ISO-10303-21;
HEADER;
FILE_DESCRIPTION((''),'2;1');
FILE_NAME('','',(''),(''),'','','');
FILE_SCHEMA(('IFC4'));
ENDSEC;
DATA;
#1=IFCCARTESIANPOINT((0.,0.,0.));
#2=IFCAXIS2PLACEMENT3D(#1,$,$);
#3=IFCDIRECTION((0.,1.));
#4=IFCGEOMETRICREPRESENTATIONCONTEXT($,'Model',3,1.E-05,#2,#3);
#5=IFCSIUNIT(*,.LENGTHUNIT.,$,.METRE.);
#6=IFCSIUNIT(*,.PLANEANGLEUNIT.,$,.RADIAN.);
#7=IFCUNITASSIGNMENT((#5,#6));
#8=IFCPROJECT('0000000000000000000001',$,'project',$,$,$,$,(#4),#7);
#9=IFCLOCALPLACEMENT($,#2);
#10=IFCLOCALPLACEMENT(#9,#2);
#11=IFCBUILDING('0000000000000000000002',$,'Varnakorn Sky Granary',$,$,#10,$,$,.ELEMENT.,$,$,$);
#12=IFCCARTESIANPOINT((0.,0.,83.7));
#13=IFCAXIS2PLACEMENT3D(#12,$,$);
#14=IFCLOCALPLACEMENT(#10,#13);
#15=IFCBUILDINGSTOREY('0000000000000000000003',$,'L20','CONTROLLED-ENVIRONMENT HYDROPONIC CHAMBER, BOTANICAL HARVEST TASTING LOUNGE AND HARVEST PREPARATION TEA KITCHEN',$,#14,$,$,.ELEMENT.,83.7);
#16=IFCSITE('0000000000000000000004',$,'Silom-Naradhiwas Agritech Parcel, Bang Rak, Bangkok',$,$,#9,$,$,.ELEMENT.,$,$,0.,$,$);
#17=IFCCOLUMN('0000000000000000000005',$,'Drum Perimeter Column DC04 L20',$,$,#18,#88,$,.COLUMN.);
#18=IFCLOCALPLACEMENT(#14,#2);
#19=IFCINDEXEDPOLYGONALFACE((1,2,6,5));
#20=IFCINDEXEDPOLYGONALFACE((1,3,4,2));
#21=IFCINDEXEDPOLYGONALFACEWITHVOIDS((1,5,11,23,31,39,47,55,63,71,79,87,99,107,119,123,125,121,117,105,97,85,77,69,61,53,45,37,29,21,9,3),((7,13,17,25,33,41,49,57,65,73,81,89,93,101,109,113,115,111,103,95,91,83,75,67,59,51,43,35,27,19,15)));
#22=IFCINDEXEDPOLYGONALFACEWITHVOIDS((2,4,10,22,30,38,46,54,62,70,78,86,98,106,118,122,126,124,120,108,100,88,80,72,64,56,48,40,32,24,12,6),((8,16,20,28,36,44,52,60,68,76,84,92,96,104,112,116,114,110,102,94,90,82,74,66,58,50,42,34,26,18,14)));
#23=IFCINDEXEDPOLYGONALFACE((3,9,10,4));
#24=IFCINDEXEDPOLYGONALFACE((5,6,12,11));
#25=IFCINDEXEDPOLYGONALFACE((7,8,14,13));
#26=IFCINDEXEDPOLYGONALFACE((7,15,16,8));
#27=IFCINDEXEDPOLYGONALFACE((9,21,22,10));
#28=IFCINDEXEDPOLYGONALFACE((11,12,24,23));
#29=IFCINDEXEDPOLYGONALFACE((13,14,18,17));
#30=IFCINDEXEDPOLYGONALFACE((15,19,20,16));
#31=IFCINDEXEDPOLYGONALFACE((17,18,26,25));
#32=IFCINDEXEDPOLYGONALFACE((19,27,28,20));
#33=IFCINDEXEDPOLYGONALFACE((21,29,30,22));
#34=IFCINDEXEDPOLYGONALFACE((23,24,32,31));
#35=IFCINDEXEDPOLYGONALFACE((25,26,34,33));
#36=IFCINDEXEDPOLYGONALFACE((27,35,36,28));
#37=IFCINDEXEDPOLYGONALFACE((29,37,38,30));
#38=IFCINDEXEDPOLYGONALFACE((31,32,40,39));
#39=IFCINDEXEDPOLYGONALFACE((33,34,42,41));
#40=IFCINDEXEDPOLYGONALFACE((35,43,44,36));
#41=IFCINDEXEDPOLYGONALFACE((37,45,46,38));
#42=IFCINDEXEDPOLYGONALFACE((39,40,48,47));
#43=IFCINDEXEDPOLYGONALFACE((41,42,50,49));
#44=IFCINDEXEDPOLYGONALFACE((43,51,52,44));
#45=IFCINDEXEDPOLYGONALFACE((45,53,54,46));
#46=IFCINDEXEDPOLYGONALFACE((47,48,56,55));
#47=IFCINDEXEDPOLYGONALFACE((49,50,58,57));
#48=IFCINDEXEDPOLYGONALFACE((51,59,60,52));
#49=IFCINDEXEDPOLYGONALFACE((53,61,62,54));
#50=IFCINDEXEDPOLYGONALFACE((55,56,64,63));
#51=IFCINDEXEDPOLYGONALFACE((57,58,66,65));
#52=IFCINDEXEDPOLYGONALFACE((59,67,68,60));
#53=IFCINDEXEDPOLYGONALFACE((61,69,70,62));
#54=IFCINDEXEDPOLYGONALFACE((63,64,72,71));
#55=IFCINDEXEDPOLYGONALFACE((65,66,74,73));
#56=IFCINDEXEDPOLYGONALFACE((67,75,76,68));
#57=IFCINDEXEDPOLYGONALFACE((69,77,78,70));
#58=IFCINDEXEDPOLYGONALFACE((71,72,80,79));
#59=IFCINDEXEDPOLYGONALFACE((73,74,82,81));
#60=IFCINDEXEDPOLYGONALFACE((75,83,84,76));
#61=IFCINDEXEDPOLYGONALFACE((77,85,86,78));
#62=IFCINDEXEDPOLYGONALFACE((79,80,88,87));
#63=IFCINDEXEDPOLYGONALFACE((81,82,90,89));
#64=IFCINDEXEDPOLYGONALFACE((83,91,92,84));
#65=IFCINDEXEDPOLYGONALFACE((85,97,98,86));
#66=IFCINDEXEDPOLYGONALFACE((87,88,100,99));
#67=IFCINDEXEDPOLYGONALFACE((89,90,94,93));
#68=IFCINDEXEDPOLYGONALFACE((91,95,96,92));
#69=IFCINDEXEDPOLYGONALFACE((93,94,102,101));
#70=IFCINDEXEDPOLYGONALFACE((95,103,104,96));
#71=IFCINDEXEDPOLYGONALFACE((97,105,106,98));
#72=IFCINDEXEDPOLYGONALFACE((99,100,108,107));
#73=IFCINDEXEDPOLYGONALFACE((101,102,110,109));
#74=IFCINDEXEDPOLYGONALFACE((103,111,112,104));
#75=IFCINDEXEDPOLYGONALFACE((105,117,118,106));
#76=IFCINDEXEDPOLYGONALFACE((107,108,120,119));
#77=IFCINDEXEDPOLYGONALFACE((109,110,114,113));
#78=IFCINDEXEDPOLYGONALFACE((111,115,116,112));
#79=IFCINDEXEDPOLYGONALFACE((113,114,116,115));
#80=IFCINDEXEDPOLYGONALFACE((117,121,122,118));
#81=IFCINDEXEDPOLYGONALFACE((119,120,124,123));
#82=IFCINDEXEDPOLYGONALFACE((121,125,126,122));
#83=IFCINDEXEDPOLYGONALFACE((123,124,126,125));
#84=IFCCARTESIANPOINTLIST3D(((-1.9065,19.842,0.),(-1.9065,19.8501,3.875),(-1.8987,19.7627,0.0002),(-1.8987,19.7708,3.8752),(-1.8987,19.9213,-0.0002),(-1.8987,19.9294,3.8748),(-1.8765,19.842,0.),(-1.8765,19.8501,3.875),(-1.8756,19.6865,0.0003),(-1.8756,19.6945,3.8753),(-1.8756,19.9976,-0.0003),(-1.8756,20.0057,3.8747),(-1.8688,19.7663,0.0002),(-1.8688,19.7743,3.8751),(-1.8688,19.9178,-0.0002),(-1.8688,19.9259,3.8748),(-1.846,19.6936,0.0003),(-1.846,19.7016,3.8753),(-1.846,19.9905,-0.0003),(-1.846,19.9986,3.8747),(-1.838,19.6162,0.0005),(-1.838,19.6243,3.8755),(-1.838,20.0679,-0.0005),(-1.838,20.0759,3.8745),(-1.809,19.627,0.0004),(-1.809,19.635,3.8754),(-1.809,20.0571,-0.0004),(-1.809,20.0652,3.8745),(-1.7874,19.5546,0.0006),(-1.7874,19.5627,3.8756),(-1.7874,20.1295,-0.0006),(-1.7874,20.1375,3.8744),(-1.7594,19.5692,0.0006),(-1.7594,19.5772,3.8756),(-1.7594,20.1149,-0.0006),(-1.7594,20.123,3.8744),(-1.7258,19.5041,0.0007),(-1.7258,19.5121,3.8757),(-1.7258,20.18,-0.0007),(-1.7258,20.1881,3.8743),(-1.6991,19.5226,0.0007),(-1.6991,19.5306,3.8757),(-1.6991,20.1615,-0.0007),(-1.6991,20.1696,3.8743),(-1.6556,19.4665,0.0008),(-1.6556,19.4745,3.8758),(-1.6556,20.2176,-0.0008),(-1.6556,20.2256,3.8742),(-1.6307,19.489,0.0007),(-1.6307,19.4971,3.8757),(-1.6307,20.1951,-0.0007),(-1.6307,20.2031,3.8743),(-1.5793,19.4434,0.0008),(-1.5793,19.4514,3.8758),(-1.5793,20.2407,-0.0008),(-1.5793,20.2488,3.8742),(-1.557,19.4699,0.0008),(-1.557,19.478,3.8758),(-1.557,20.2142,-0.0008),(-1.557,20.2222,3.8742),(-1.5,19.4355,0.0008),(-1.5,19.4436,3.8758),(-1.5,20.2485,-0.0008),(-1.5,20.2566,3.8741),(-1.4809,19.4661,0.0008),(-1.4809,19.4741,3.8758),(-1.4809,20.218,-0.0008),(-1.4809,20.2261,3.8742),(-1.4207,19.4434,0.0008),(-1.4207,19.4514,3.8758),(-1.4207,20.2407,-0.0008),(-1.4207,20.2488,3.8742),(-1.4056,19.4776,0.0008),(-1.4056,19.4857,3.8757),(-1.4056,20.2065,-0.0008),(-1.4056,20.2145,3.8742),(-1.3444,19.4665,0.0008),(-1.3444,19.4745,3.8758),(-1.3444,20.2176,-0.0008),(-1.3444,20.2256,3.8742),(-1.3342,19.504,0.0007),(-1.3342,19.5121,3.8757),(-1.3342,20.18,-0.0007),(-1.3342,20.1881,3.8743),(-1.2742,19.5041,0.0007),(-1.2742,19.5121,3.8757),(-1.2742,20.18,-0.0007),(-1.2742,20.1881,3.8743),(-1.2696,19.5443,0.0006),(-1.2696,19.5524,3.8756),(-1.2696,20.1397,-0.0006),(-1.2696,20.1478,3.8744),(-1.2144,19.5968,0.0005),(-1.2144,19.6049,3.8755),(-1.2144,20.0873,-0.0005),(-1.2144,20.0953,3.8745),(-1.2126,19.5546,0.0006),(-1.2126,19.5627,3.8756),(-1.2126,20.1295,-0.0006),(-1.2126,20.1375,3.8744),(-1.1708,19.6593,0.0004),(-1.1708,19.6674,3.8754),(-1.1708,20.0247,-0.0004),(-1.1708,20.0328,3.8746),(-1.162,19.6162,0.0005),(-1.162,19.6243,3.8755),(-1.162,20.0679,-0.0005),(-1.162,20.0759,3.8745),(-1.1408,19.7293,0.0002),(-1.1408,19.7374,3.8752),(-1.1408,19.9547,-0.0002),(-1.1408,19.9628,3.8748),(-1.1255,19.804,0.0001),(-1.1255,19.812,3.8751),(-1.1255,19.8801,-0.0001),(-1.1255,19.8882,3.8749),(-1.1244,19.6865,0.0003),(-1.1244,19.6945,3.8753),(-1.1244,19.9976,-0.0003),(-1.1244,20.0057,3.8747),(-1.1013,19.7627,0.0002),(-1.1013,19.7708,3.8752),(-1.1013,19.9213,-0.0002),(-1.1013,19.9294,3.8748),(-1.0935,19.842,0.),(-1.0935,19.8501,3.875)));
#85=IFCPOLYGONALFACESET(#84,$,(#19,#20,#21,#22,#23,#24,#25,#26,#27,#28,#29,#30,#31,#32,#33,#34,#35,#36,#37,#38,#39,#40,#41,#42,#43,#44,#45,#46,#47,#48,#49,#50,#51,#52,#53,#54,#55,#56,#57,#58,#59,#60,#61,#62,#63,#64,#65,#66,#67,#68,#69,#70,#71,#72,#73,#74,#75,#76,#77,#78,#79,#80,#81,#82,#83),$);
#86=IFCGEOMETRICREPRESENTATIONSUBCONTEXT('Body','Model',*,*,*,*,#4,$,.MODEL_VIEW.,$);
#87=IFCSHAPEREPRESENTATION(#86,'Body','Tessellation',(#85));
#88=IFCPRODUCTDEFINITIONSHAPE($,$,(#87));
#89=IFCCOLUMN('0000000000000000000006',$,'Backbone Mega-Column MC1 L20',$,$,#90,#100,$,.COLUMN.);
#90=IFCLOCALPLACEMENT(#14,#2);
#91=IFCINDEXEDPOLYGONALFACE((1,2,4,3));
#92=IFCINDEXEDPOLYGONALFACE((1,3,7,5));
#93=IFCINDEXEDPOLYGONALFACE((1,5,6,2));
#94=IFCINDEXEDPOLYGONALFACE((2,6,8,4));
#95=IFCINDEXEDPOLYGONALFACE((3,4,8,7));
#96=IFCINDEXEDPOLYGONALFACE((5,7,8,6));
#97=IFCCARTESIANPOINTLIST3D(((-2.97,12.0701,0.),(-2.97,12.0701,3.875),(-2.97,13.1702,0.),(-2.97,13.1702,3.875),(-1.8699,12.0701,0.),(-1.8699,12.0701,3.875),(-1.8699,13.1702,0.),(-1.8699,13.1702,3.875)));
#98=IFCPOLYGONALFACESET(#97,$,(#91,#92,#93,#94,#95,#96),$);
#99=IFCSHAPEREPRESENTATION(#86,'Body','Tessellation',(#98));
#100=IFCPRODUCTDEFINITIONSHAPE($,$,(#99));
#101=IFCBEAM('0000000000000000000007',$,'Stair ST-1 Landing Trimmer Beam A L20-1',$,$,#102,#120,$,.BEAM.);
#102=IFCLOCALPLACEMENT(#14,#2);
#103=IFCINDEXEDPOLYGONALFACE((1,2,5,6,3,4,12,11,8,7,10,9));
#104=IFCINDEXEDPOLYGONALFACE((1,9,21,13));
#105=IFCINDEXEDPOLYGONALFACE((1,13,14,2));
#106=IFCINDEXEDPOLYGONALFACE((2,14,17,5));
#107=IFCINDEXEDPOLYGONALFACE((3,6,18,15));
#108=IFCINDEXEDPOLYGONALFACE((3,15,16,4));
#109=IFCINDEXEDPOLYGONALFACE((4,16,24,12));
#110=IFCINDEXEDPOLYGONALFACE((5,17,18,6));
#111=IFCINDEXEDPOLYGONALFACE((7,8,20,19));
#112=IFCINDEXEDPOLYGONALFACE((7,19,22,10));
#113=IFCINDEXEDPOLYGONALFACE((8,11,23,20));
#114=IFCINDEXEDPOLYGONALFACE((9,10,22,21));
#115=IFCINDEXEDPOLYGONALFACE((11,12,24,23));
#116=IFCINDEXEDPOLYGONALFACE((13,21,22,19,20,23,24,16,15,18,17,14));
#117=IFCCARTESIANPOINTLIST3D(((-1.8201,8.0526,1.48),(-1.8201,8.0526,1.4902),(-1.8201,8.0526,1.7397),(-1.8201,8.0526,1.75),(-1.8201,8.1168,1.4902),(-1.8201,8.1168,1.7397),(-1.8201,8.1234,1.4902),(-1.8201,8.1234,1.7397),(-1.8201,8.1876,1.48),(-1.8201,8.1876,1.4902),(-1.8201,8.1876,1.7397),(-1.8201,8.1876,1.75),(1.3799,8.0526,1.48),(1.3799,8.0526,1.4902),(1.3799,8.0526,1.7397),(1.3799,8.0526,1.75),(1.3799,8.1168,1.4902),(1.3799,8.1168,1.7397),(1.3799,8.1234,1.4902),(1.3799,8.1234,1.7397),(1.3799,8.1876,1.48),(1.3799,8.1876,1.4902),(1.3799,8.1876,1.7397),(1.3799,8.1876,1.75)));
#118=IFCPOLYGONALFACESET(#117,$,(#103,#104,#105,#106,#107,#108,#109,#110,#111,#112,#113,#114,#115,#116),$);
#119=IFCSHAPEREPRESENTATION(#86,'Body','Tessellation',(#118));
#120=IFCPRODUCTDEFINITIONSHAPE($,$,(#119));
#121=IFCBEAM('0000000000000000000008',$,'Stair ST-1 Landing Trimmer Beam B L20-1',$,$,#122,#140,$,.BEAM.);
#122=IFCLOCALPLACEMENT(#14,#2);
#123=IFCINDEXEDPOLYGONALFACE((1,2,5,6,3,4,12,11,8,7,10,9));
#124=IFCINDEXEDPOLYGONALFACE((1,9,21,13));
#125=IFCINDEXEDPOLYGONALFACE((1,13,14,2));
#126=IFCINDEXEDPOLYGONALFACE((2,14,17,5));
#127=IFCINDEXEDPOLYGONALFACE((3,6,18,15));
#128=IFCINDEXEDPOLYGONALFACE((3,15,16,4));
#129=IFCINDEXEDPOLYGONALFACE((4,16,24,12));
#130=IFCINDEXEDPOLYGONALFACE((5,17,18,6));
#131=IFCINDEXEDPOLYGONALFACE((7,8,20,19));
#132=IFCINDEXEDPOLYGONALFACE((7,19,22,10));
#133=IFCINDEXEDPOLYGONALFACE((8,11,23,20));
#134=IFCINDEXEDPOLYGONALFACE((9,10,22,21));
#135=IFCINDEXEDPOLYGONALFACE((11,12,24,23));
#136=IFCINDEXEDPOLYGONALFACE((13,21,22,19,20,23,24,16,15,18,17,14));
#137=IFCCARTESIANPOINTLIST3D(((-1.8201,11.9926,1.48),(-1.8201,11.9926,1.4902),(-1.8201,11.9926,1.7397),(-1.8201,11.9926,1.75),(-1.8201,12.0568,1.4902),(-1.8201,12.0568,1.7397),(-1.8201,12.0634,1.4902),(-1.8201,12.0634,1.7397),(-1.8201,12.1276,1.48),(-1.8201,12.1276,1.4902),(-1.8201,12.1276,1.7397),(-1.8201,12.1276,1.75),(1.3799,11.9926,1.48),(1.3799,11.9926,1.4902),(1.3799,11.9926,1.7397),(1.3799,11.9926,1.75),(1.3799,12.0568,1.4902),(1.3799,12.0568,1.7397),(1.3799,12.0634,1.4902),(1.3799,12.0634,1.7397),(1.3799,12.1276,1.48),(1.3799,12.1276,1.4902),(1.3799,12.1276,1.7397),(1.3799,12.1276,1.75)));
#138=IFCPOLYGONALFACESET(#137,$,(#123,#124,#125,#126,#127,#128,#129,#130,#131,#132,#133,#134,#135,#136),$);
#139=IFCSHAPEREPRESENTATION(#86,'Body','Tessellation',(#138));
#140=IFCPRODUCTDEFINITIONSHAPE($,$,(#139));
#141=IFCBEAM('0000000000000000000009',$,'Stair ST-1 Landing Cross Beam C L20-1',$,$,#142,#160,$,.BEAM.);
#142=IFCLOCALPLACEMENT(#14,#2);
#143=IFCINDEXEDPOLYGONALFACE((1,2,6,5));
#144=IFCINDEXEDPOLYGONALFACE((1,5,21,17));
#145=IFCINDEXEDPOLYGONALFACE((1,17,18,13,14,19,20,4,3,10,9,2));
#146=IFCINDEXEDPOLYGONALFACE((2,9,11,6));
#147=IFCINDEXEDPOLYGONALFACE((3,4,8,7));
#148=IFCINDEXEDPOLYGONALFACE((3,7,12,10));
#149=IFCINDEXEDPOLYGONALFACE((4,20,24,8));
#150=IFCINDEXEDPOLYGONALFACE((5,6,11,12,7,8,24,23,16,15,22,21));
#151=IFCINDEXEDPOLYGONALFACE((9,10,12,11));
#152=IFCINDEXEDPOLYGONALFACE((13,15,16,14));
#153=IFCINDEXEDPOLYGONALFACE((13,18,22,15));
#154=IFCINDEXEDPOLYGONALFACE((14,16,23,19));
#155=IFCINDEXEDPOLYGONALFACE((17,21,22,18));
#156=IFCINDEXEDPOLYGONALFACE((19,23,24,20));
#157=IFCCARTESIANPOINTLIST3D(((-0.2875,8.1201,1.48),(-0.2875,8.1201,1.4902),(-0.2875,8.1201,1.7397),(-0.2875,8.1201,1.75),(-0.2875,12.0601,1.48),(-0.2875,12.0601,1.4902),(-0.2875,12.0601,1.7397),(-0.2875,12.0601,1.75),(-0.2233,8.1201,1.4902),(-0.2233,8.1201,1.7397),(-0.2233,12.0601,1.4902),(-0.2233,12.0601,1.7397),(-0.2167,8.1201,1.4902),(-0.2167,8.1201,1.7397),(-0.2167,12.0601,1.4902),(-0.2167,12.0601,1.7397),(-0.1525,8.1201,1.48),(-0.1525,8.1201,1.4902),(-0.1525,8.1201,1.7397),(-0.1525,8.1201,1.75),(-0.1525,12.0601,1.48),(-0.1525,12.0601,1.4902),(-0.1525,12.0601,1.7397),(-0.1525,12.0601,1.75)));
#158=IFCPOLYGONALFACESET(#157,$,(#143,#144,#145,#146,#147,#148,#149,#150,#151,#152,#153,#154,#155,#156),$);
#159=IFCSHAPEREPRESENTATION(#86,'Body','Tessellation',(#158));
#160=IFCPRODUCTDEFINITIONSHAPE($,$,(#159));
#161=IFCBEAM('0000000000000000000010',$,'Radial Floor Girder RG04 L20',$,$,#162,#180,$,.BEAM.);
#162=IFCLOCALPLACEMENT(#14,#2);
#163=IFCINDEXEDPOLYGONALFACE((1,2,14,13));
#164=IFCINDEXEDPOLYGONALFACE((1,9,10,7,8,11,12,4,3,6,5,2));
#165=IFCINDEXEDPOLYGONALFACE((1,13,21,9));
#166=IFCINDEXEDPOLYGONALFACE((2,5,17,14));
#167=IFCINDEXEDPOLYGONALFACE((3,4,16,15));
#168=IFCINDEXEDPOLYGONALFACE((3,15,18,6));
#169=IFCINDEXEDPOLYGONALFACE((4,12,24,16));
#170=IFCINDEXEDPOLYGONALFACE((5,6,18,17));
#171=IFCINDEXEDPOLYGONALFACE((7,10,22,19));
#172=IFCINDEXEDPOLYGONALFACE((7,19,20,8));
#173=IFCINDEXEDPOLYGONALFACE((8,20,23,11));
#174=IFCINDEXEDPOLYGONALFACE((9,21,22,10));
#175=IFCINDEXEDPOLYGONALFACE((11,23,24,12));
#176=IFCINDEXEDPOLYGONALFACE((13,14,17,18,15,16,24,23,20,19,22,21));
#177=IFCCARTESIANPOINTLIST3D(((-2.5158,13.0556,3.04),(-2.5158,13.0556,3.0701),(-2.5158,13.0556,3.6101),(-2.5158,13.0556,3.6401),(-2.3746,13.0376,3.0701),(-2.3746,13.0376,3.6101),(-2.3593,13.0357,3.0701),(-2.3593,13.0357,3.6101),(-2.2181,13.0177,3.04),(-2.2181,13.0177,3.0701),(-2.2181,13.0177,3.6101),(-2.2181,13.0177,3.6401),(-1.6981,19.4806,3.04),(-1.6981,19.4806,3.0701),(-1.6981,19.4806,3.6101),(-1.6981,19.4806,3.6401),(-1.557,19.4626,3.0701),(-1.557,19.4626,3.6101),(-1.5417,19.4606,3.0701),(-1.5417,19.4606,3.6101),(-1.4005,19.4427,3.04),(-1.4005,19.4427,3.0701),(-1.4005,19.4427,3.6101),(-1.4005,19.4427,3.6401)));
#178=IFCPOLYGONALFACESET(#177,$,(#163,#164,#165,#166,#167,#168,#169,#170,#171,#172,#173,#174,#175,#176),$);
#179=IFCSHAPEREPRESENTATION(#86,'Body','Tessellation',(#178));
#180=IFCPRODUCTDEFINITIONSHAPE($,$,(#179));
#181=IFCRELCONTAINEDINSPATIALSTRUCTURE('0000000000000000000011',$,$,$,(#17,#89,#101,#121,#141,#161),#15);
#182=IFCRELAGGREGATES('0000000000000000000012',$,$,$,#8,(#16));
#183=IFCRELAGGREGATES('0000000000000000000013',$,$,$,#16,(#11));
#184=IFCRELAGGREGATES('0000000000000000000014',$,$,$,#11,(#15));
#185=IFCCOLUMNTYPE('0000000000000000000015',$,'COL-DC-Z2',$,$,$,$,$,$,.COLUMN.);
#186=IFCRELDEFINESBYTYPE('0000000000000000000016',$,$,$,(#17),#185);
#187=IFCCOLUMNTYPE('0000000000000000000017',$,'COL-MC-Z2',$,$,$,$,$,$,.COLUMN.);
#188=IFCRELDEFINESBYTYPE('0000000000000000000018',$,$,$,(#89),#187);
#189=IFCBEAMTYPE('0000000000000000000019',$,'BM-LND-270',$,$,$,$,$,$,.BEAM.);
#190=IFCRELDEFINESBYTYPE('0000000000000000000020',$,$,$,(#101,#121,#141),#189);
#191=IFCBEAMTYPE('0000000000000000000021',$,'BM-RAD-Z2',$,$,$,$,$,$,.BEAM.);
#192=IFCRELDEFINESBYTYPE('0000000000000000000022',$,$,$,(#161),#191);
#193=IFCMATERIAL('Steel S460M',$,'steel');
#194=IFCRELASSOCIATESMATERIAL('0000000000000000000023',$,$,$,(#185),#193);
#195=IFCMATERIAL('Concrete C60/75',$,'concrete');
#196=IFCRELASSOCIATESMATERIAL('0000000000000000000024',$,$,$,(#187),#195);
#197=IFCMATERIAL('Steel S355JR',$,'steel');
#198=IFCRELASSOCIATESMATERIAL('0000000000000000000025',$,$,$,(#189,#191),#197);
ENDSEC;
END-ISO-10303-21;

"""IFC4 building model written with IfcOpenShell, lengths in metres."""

from ifc_helpers import new_model, si_unit, direction, frame, origin, origin_2d, place, context, subcontext, project, spatial, rectangle, hollow_circle, i_section, extrude, material, material_profile, profile_set, type_object, element, save


model = new_model("IFC4")

# Units and contexts
model_context = context("Model", 3, precision=1e-05, world=origin(), true_north=direction((0.0, 1.0)))
body_context = subcontext(model_context, "Body", "Model", "MODEL_VIEW")
ifc_project = project(units=[si_unit("LENGTHUNIT", "METRE"), si_unit("PLANEANGLEUNIT", "RADIAN")], contexts=[model_context])

# Site, building, storey
site_placement = place(None, origin())
site = spatial("IfcSite", under=ifc_project, at=site_placement, Name="Silom-Naradhiwas Agritech Parcel, Bang Rak, Bangkok", CompositionType="ELEMENT", RefElevation=0.0)
building_placement = place(site_placement, origin())
building = spatial("IfcBuilding", under=site, at=building_placement, Name="Varnakorn Sky Granary", CompositionType="ELEMENT")
storey_placement = place(building_placement, frame((0.0, 0.0, 83.7)))
storey = spatial("IfcBuildingStorey", under=building, at=storey_placement, Name="L20", Description="CONTROLLED-ENVIRONMENT HYDROPONIC CHAMBER, BOTANICAL HARVEST TASTING LOUNGE AND HARVEST PREPARATION TEA KITCHEN", CompositionType="ELEMENT", Elevation=83.7)

# Columns
ifc_material_1 = material(Name="Steel S460M", Category="steel")
ifc_material_profile_1 = material_profile(ifc_material_1, hollow_circle(Radius=0.4065, WallThickness=0.03, at=origin_2d()), Name="CHS 813x30")
ifc_profile_set_1 = profile_set([ifc_material_profile_1], Name="Steel S460M")
column_type_1 = type_object("IfcColumnType", Name="COL-DC-Z2", PredefinedType="COLUMN", material=ifc_profile_set_1)
column_1_placement = place(storey_placement, frame((-1.5, 19.842, 0.0), z_axis=(0.0, 0.002079, 0.999998), x_axis=(-1.0, 0.0, 0.0)))
element("IfcColumn", 1, at=column_1_placement, inside=storey, type_object=column_type_1, Name="Drum Perimeter Column DC04 L20", PredefinedType="COLUMN", context=body_context, shape_type="SweptSolid", body=[
    extrude(hollow_circle(Radius=0.4065, WallThickness=0.03, at=origin_2d()), origin(), (0.0, 0.0, 1.0), 3.875),
])
ifc_material_2 = material(Name="Concrete C60/75", Category="concrete")
ifc_material_profile_2 = material_profile(ifc_material_2, rectangle(XDim=1.1001, YDim=1.1001, at=origin_2d()), Name="RC 1100x1100")
ifc_profile_set_2 = profile_set([ifc_material_profile_2], Name="Concrete C60/75")
column_type_2 = type_object("IfcColumnType", Name="COL-MC-Z2", PredefinedType="COLUMN", material=ifc_profile_set_2)
column_2_placement = place(storey_placement, frame((-2.4199, 12.6201, 0.0), z_axis=(0.0, 0.0, 1.0), x_axis=(1.0, 0.0, 0.0)))
element("IfcColumn", 2, at=column_2_placement, inside=storey, type_object=column_type_2, Name="Backbone Mega-Column MC1 L20", PredefinedType="COLUMN", context=body_context, shape_type="SweptSolid", body=[
    extrude(rectangle(XDim=1.1001, YDim=1.1001, at=origin_2d()), origin(), (0.0, 0.0, 1.0), 3.875),
])

# Beams
ifc_material_3 = material(Name="Steel S355JR", Category="steel")
ifc_material_profile_3 = material_profile(ifc_material_3, i_section(OverallWidth=0.135, OverallDepth=0.27, WebThickness=0.0066, FlangeThickness=0.0103, at=origin_2d()), Name="IPE 270")
ifc_profile_set_3 = profile_set([ifc_material_profile_3], Name="Steel S355JR")
beam_type_1 = type_object("IfcBeamType", Name="BM-LND-270", PredefinedType="BEAM", material=ifc_profile_set_3)
for number, where, z_axis, x_axis, name in (
    (3, (-1.8201, 8.1201, 1.615), (1.0, 0.0, 0.0), (0.0, 1.0, 0.0), "Stair ST-1 Landing Trimmer Beam A L20-1"),
    (4, (-1.8201, 12.0601, 1.615), (1.0, 0.0, 0.0), (0.0, 1.0, 0.0), "Stair ST-1 Landing Trimmer Beam B L20-1"),
):
    element("IfcBeam", number, at=place(storey_placement, frame(where, z_axis=z_axis, x_axis=x_axis)), inside=storey, type_object=beam_type_1, Name=name, PredefinedType="BEAM", context=body_context, shape_type="SweptSolid", body=[
        extrude(i_section(OverallWidth=0.135, OverallDepth=0.27, WebThickness=0.0066, FlangeThickness=0.0103, at=origin_2d()), origin(), (0.0, 0.0, 1.0), 3.2),
    ])
beam_1_placement = place(storey_placement, frame((-0.22, 8.1201, 1.615), z_axis=(0.0, 1.0, 0.0), x_axis=(-1.0, 0.0, 0.0)))
element("IfcBeam", 5, at=beam_1_placement, inside=storey, type_object=beam_type_1, Name="Stair ST-1 Landing Cross Beam C L20-1", PredefinedType="BEAM", context=body_context, shape_type="SweptSolid", body=[
    extrude(i_section(OverallWidth=0.135, OverallDepth=0.27, WebThickness=0.0066, FlangeThickness=0.0103, at=origin_2d()), origin(), (0.0, 0.0, 1.0), 3.9399),
])
ifc_material_profile_4 = material_profile(ifc_material_3, i_section(OverallWidth=0.3, OverallDepth=0.6001, WebThickness=0.0154, FlangeThickness=0.03, at=origin_2d()), Name="HE 600 B")
ifc_profile_set_4 = profile_set([ifc_material_profile_4], Name="Steel S355JR")
beam_type_2 = type_object("IfcBeamType", Name="BM-RAD-Z2", PredefinedType="BEAM", material=ifc_profile_set_4)
beam_2_placement = place(storey_placement, frame((-2.3669, 13.0366, 3.3401), z_axis=(0.126238, 0.992, 0.0), x_axis=(-0.992, 0.126238, 0.0)))
element("IfcBeam", 6, at=beam_2_placement, inside=storey, type_object=beam_type_2, Name="Radial Floor Girder RG04 L20", PredefinedType="BEAM", context=body_context, shape_type="SweptSolid", body=[
    extrude(i_section(OverallWidth=0.3, OverallDepth=0.6001, WebThickness=0.0154, FlangeThickness=0.03, at=origin_2d()), origin(), (0.0, 0.0, 1.0), 6.4768),
])

save(model, "model.ifc")
